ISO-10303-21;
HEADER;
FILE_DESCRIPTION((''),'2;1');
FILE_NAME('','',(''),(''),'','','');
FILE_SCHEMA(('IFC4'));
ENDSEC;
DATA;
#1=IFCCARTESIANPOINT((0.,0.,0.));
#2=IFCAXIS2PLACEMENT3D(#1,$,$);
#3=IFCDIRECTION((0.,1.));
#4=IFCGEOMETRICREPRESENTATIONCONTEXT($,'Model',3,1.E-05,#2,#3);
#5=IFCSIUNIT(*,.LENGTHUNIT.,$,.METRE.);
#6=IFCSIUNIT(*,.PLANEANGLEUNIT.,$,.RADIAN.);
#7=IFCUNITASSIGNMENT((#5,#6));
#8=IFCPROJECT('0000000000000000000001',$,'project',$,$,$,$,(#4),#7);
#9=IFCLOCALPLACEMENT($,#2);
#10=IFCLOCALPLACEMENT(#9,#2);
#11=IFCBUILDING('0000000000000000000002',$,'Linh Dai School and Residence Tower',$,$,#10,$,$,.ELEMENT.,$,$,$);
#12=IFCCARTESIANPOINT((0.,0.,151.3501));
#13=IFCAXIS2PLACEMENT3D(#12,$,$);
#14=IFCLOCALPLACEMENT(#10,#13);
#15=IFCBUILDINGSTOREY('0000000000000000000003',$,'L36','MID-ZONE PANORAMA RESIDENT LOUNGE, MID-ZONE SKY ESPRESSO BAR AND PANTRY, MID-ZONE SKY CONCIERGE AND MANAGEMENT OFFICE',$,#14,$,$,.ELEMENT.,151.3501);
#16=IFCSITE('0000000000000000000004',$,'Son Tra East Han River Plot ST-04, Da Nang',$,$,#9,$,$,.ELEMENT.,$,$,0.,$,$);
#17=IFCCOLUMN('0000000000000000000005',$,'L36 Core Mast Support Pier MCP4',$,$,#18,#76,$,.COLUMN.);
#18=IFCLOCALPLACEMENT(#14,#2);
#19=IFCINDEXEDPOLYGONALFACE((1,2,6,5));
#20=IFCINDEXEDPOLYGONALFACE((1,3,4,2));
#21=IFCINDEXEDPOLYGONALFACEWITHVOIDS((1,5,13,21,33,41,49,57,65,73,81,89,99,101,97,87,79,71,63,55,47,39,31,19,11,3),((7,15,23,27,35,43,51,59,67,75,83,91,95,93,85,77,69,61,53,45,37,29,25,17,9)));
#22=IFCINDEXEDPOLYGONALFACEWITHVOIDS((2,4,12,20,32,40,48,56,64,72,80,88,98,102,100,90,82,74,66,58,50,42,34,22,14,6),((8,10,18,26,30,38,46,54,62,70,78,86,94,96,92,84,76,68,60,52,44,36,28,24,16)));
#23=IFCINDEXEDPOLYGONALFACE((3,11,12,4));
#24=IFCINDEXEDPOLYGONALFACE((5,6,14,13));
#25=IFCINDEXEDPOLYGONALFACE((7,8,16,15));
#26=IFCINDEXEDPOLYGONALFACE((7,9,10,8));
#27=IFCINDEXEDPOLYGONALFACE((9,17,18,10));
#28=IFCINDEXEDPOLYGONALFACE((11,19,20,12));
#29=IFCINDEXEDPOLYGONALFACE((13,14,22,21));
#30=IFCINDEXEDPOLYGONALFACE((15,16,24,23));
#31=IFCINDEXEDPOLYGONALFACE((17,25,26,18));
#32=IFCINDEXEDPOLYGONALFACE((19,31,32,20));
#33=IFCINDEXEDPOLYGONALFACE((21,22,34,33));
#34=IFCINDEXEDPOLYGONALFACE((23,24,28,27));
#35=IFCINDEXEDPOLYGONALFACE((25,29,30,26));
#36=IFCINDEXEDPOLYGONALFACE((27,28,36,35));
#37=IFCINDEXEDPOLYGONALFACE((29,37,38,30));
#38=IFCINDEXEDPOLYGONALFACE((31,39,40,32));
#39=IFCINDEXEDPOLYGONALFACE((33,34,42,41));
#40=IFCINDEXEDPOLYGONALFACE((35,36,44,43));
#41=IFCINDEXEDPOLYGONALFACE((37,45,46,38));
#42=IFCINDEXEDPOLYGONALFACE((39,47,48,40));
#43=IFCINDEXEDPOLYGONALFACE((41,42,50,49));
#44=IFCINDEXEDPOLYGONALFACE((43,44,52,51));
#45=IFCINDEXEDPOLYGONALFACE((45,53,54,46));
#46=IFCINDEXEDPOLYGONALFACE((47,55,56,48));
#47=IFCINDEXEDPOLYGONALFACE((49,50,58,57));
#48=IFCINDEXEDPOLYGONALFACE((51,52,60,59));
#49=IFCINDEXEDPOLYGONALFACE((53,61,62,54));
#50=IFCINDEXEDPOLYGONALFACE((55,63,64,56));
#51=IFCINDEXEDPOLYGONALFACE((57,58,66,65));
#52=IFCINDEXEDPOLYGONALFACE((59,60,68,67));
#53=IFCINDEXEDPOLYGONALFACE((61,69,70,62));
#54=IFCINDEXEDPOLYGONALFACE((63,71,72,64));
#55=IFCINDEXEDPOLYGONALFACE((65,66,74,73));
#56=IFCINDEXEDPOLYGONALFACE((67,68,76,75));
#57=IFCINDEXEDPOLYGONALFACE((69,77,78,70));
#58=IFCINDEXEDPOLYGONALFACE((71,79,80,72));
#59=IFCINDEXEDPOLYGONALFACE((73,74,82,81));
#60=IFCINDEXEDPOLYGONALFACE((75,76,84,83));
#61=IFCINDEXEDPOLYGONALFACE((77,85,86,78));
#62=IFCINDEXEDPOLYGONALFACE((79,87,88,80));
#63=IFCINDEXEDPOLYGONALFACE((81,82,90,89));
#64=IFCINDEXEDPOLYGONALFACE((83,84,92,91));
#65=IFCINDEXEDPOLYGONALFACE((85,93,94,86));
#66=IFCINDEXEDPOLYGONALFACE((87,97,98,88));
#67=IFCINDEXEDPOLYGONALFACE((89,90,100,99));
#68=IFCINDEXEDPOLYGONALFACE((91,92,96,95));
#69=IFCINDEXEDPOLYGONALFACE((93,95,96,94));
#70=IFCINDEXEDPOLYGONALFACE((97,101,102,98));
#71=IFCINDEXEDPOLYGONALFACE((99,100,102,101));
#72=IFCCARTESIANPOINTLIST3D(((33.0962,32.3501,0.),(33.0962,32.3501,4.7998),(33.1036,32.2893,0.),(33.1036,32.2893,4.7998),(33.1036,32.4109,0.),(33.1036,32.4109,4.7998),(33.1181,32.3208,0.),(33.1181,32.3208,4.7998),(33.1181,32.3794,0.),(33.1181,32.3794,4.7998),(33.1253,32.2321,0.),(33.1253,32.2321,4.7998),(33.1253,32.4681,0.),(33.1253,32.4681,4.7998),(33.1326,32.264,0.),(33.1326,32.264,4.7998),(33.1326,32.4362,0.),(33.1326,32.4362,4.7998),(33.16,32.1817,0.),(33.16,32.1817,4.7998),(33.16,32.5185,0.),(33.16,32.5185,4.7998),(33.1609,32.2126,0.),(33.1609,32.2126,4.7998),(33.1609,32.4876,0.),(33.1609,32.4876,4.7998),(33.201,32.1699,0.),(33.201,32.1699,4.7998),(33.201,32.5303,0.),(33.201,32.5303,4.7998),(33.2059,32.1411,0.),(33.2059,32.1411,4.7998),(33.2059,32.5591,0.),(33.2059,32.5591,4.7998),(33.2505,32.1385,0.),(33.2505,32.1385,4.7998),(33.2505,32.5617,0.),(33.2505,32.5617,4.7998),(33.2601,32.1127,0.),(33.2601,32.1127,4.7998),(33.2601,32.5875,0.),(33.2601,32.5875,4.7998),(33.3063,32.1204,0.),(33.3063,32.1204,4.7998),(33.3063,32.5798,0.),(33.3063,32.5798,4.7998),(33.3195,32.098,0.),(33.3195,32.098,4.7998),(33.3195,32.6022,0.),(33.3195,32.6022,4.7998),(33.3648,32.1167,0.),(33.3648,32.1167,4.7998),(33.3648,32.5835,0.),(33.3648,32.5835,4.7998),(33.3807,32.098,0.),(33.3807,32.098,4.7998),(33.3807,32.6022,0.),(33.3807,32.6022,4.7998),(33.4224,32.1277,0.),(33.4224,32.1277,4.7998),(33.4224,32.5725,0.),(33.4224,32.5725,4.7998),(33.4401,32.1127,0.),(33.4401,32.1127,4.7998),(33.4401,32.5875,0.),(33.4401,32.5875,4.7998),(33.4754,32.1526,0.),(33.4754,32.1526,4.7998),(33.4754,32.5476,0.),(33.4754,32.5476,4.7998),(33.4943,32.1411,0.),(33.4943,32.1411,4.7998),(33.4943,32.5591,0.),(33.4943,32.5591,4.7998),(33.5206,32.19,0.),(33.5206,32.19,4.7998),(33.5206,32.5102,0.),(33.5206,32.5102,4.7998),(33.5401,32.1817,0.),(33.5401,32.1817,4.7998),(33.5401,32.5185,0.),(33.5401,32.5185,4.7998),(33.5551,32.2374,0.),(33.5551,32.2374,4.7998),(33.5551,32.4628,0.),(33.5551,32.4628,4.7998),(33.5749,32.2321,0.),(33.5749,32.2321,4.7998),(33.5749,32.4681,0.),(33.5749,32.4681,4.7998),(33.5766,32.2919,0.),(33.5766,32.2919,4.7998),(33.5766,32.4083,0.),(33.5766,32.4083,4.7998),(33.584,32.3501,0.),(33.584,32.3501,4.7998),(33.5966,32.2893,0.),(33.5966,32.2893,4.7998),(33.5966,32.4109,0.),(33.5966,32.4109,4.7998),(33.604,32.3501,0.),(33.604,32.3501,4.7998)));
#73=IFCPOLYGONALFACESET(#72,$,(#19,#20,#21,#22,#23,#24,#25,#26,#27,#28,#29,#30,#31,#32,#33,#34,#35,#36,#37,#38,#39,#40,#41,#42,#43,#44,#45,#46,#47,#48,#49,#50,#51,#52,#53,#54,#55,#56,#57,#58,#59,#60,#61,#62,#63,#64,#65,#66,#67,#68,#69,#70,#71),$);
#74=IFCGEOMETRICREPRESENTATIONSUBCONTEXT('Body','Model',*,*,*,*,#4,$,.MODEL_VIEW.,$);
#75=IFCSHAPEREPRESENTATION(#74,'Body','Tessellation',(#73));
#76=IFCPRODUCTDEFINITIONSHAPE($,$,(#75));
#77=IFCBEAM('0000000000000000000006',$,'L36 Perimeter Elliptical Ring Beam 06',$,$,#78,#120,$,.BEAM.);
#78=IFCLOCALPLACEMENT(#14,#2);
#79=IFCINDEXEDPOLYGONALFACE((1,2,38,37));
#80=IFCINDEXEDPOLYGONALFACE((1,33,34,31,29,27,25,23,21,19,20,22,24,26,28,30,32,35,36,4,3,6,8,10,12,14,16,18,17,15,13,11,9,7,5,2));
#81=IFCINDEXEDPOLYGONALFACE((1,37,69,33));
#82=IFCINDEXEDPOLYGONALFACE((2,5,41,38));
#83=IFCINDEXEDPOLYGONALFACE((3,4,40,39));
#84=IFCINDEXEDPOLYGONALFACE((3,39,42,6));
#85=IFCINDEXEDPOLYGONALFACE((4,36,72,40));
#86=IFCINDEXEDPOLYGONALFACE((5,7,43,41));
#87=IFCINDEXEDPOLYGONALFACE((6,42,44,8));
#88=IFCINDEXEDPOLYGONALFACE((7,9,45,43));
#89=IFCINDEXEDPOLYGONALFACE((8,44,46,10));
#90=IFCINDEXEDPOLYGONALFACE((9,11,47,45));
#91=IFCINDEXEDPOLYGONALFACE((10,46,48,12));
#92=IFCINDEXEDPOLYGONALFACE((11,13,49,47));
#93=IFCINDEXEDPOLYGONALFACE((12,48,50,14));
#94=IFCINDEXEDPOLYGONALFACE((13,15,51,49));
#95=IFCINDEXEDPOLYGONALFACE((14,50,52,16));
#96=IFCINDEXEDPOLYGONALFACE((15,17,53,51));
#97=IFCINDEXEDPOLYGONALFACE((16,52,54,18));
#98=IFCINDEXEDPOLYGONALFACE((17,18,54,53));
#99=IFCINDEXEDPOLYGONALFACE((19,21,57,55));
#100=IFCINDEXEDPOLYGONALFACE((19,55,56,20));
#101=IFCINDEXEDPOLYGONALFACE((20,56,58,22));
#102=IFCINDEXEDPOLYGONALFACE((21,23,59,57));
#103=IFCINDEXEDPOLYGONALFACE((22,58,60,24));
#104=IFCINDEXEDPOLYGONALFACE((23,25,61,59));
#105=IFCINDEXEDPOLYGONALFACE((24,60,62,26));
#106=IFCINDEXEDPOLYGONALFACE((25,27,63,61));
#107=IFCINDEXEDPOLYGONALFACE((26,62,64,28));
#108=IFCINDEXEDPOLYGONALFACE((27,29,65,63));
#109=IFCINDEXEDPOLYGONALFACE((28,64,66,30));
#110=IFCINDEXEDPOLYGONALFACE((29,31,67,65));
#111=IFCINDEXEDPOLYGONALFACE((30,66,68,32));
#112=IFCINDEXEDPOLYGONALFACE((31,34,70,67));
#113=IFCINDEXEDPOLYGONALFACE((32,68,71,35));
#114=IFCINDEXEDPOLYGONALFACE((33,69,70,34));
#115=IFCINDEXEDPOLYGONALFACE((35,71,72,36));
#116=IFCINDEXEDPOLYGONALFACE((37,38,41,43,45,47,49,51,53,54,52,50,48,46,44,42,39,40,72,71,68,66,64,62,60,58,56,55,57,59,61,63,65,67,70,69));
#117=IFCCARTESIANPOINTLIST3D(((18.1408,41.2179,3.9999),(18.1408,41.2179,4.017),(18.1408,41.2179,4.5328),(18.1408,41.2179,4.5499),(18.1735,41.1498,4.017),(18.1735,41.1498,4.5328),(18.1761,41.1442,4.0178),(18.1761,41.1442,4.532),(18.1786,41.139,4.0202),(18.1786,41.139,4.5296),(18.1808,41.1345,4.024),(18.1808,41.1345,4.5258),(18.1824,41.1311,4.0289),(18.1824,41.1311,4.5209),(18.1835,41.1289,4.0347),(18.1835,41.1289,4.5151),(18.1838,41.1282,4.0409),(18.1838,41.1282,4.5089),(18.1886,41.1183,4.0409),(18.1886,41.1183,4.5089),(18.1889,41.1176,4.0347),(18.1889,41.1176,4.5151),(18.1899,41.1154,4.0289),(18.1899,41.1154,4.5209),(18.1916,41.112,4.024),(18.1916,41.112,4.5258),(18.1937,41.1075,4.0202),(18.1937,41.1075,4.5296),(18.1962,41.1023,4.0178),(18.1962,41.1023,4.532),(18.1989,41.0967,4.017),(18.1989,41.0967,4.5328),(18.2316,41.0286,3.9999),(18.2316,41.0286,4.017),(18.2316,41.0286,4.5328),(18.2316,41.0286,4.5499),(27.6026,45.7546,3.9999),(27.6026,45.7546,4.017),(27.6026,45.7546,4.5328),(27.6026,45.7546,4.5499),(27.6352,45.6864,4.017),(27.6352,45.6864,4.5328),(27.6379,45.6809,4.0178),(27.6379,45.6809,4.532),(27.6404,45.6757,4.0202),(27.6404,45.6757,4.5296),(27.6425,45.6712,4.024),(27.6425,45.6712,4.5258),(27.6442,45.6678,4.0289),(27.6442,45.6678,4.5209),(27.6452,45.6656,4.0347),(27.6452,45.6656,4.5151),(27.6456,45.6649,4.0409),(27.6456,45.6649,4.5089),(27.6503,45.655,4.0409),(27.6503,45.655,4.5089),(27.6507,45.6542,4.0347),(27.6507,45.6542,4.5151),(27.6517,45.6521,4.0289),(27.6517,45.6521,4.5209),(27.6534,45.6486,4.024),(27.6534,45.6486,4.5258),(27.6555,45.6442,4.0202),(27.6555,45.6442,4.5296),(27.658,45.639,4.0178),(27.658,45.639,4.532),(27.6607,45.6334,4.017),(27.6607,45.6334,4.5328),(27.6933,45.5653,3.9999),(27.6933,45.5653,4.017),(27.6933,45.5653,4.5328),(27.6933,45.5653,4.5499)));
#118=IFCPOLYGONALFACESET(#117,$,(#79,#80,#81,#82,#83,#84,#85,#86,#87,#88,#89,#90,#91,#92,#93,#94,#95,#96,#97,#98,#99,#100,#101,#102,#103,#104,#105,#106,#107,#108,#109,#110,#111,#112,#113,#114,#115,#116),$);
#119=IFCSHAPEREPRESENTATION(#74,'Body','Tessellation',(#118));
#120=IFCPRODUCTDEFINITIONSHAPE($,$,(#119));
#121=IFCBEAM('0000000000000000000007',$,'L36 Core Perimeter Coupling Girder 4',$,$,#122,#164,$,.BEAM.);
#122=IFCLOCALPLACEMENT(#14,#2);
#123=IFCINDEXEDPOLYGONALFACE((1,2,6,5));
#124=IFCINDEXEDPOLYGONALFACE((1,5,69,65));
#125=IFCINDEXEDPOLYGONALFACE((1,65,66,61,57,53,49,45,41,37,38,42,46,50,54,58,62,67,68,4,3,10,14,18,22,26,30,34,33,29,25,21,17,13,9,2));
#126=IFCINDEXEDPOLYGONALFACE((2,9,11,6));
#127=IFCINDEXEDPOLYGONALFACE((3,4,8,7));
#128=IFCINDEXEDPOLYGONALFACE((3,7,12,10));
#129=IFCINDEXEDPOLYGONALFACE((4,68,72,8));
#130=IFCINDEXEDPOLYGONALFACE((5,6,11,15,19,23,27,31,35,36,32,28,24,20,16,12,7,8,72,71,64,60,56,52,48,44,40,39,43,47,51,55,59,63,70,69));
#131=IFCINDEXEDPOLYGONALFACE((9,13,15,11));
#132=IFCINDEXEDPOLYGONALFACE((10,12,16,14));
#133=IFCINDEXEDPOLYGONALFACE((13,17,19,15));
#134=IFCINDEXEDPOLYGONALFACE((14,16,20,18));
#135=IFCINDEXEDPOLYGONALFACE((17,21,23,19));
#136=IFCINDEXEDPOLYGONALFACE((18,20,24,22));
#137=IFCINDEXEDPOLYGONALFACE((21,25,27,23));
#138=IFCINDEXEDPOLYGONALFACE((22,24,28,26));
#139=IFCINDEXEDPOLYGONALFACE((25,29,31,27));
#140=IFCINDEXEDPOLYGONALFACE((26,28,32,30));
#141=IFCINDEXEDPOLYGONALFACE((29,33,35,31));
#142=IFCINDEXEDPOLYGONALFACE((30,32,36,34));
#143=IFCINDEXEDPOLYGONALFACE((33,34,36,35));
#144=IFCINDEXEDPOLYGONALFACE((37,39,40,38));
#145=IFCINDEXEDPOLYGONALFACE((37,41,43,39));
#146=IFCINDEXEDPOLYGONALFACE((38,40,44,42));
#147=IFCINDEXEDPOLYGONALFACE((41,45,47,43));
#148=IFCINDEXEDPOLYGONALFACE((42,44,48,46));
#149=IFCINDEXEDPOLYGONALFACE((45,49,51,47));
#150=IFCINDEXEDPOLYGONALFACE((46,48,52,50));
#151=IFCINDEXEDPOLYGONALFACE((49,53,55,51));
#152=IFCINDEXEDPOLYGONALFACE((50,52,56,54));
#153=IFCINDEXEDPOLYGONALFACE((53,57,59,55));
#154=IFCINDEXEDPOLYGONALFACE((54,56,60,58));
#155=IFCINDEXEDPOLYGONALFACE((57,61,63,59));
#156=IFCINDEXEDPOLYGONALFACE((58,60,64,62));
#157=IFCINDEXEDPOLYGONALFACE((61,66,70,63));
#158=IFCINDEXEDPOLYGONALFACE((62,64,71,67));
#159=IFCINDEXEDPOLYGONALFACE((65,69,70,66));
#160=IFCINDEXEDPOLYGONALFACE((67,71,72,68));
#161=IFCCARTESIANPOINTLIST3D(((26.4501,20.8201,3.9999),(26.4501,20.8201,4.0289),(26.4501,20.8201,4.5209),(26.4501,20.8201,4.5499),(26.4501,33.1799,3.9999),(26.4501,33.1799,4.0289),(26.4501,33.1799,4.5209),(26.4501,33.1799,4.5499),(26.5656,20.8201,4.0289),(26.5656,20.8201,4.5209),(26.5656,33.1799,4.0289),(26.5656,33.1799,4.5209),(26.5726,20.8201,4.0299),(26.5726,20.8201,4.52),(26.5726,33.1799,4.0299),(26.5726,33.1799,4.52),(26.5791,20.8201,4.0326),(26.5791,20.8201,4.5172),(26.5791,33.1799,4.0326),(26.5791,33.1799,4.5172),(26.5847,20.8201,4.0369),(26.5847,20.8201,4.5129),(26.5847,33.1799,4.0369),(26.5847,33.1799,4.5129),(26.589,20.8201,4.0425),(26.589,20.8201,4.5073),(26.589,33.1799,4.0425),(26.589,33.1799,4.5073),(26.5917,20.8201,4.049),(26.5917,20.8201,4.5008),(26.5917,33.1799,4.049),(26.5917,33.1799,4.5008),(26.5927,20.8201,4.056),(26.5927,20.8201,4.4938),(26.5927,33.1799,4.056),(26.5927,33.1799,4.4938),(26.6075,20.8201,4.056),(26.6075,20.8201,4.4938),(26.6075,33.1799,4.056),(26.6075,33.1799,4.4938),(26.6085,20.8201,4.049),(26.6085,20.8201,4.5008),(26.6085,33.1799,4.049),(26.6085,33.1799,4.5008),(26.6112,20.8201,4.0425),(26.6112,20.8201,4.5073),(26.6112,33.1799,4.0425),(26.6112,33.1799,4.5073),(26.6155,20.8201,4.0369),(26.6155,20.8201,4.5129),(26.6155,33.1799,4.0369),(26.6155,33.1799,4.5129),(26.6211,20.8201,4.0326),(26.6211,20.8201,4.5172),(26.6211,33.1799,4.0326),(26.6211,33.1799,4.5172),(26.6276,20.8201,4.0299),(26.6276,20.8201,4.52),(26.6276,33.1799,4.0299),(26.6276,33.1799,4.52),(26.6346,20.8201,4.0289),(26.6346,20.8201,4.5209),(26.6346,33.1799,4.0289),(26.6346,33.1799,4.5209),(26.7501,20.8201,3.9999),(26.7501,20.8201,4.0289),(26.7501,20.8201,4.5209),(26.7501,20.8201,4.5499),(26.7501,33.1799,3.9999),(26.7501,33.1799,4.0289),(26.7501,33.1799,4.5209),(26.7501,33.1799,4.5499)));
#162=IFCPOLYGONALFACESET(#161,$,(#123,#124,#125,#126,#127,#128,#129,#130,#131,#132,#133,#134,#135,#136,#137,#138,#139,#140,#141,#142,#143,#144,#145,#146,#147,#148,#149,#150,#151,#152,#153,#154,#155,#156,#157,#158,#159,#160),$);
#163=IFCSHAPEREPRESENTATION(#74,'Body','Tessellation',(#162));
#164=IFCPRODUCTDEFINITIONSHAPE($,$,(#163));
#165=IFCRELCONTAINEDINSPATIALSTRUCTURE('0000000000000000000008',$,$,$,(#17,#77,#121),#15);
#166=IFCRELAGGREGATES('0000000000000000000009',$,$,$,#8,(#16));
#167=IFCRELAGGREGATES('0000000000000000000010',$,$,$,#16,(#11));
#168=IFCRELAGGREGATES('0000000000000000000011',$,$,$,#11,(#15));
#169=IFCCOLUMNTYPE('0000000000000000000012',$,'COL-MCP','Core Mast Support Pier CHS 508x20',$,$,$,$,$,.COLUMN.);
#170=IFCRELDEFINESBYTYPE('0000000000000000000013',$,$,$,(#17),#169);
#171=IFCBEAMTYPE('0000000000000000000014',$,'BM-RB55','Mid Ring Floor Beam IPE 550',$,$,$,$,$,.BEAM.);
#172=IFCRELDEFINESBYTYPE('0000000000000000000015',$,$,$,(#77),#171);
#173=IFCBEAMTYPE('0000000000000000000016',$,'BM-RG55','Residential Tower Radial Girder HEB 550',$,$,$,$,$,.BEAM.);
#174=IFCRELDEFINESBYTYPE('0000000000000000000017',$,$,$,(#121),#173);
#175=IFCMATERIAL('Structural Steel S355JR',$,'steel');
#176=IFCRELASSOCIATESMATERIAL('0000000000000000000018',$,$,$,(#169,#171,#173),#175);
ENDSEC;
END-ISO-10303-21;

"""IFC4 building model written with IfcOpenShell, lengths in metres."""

from ifc_helpers import new_model, si_unit, direction, frame, origin, origin_2d, place, context, subcontext, project, spatial, hollow_circle, i_section, extrude, material, material_profile, profile_set, type_object, element, save


model = new_model("IFC4")

# Units and contexts
model_context = context("Model", 3, precision=1e-05, world=origin(), true_north=direction((0.0, 1.0)))
body_context = subcontext(model_context, "Body", "Model", "MODEL_VIEW")
ifc_project = project(units=[si_unit("LENGTHUNIT", "METRE"), si_unit("PLANEANGLEUNIT", "RADIAN")], contexts=[model_context])

# Site, building, storey
site_placement = place(None, origin())
site = spatial("IfcSite", under=ifc_project, at=site_placement, Name="Son Tra East Han River Plot ST-04, Da Nang", CompositionType="ELEMENT", RefElevation=0.0)
building_placement = place(site_placement, origin())
building = spatial("IfcBuilding", under=site, at=building_placement, Name="Linh Dai School and Residence Tower", CompositionType="ELEMENT")
storey_placement = place(building_placement, frame((0.0, 0.0, 151.3501)))
storey = spatial("IfcBuildingStorey", under=building, at=storey_placement, Name="L36", Description="MID-ZONE PANORAMA RESIDENT LOUNGE, MID-ZONE SKY ESPRESSO BAR AND PANTRY, MID-ZONE SKY CONCIERGE AND MANAGEMENT OFFICE", CompositionType="ELEMENT", Elevation=151.3501)

# Column
ifc_material_1 = material(Name="Structural Steel S355JR", Category="steel")
ifc_material_profile_1 = material_profile(ifc_material_1, hollow_circle(Radius=0.2539, WallThickness=0.02, at=origin_2d()), Name="CHS 508x20")
ifc_profile_set_1 = profile_set([ifc_material_profile_1], Name="Structural Steel S355JR")
column_type_1 = type_object("IfcColumnType", Name="COL-MCP", Description="Core Mast Support Pier CHS 508x20", PredefinedType="COLUMN", material=ifc_profile_set_1)
column_1_placement = place(storey_placement, frame((33.3501, 32.3501, 0.0), z_axis=(0.0, 0.0, 1.0), x_axis=(1.0, 0.0, 0.0)))
element("IfcColumn", 1, at=column_1_placement, inside=storey, type_object=column_type_1, Name="L36 Core Mast Support Pier MCP4", PredefinedType="COLUMN", context=body_context, shape_type="SweptSolid", body=[
    extrude(hollow_circle(Radius=0.2539, WallThickness=0.02, at=origin_2d()), origin(), (0.0, 0.0, 1.0), 4.7998),
])

# Beams
ifc_material_profile_2 = material_profile(ifc_material_1, i_section(OverallWidth=0.21, OverallDepth=0.55, WebThickness=0.011, FlangeThickness=0.0171, FilletRadius=0.0239, at=origin_2d()), Name="IPE 550")
ifc_profile_set_2 = profile_set([ifc_material_profile_2], Name="Structural Steel S355JR")
beam_type_1 = type_object("IfcBeamType", Name="BM-RB55", Description="Mid Ring Floor Beam IPE 550", PredefinedType="BEAM", material=ifc_profile_set_2)
beam_1_placement = place(storey_placement, frame((27.6479, 45.6599, 4.2749), z_axis=(-0.901708, -0.432345, 0.0), x_axis=(0.432345, -0.901708, 0.0)))
element("IfcBeam", 2, at=beam_1_placement, inside=storey, type_object=beam_type_1, Name="L36 Perimeter Elliptical Ring Beam 06", PredefinedType="BEAM", context=body_context, shape_type="SweptSolid", body=[
    extrude(i_section(OverallWidth=0.21, OverallDepth=0.55, WebThickness=0.011, FlangeThickness=0.0171, FilletRadius=0.0239, at=origin_2d()), origin(), (0.0, 0.0, 1.0), 10.4932),
])
ifc_material_profile_3 = material_profile(ifc_material_1, i_section(OverallWidth=0.3, OverallDepth=0.55, WebThickness=0.0149, FlangeThickness=0.0291, FilletRadius=0.0271, at=origin_2d()), Name="HEB 550")
ifc_profile_set_3 = profile_set([ifc_material_profile_3], Name="Structural Steel S355JR")
beam_type_2 = type_object("IfcBeamType", Name="BM-RG55", Description="Residential Tower Radial Girder HEB 550", PredefinedType="BEAM", material=ifc_profile_set_3)
beam_2_placement = place(storey_placement, frame((26.6001, 33.1799, 4.2749), z_axis=(0.0, -1.0, 0.0), x_axis=(1.0, 0.0, 0.0)))
element("IfcBeam", 3, at=beam_2_placement, inside=storey, type_object=beam_type_2, Name="L36 Core Perimeter Coupling Girder 4", PredefinedType="BEAM", context=body_context, shape_type="SweptSolid", body=[
    extrude(i_section(OverallWidth=0.3, OverallDepth=0.55, WebThickness=0.0149, FlangeThickness=0.0291, FilletRadius=0.0271, at=origin_2d()), origin(), (0.0, 0.0, 1.0), 12.3599),
])

save(model, "model.ifc")
